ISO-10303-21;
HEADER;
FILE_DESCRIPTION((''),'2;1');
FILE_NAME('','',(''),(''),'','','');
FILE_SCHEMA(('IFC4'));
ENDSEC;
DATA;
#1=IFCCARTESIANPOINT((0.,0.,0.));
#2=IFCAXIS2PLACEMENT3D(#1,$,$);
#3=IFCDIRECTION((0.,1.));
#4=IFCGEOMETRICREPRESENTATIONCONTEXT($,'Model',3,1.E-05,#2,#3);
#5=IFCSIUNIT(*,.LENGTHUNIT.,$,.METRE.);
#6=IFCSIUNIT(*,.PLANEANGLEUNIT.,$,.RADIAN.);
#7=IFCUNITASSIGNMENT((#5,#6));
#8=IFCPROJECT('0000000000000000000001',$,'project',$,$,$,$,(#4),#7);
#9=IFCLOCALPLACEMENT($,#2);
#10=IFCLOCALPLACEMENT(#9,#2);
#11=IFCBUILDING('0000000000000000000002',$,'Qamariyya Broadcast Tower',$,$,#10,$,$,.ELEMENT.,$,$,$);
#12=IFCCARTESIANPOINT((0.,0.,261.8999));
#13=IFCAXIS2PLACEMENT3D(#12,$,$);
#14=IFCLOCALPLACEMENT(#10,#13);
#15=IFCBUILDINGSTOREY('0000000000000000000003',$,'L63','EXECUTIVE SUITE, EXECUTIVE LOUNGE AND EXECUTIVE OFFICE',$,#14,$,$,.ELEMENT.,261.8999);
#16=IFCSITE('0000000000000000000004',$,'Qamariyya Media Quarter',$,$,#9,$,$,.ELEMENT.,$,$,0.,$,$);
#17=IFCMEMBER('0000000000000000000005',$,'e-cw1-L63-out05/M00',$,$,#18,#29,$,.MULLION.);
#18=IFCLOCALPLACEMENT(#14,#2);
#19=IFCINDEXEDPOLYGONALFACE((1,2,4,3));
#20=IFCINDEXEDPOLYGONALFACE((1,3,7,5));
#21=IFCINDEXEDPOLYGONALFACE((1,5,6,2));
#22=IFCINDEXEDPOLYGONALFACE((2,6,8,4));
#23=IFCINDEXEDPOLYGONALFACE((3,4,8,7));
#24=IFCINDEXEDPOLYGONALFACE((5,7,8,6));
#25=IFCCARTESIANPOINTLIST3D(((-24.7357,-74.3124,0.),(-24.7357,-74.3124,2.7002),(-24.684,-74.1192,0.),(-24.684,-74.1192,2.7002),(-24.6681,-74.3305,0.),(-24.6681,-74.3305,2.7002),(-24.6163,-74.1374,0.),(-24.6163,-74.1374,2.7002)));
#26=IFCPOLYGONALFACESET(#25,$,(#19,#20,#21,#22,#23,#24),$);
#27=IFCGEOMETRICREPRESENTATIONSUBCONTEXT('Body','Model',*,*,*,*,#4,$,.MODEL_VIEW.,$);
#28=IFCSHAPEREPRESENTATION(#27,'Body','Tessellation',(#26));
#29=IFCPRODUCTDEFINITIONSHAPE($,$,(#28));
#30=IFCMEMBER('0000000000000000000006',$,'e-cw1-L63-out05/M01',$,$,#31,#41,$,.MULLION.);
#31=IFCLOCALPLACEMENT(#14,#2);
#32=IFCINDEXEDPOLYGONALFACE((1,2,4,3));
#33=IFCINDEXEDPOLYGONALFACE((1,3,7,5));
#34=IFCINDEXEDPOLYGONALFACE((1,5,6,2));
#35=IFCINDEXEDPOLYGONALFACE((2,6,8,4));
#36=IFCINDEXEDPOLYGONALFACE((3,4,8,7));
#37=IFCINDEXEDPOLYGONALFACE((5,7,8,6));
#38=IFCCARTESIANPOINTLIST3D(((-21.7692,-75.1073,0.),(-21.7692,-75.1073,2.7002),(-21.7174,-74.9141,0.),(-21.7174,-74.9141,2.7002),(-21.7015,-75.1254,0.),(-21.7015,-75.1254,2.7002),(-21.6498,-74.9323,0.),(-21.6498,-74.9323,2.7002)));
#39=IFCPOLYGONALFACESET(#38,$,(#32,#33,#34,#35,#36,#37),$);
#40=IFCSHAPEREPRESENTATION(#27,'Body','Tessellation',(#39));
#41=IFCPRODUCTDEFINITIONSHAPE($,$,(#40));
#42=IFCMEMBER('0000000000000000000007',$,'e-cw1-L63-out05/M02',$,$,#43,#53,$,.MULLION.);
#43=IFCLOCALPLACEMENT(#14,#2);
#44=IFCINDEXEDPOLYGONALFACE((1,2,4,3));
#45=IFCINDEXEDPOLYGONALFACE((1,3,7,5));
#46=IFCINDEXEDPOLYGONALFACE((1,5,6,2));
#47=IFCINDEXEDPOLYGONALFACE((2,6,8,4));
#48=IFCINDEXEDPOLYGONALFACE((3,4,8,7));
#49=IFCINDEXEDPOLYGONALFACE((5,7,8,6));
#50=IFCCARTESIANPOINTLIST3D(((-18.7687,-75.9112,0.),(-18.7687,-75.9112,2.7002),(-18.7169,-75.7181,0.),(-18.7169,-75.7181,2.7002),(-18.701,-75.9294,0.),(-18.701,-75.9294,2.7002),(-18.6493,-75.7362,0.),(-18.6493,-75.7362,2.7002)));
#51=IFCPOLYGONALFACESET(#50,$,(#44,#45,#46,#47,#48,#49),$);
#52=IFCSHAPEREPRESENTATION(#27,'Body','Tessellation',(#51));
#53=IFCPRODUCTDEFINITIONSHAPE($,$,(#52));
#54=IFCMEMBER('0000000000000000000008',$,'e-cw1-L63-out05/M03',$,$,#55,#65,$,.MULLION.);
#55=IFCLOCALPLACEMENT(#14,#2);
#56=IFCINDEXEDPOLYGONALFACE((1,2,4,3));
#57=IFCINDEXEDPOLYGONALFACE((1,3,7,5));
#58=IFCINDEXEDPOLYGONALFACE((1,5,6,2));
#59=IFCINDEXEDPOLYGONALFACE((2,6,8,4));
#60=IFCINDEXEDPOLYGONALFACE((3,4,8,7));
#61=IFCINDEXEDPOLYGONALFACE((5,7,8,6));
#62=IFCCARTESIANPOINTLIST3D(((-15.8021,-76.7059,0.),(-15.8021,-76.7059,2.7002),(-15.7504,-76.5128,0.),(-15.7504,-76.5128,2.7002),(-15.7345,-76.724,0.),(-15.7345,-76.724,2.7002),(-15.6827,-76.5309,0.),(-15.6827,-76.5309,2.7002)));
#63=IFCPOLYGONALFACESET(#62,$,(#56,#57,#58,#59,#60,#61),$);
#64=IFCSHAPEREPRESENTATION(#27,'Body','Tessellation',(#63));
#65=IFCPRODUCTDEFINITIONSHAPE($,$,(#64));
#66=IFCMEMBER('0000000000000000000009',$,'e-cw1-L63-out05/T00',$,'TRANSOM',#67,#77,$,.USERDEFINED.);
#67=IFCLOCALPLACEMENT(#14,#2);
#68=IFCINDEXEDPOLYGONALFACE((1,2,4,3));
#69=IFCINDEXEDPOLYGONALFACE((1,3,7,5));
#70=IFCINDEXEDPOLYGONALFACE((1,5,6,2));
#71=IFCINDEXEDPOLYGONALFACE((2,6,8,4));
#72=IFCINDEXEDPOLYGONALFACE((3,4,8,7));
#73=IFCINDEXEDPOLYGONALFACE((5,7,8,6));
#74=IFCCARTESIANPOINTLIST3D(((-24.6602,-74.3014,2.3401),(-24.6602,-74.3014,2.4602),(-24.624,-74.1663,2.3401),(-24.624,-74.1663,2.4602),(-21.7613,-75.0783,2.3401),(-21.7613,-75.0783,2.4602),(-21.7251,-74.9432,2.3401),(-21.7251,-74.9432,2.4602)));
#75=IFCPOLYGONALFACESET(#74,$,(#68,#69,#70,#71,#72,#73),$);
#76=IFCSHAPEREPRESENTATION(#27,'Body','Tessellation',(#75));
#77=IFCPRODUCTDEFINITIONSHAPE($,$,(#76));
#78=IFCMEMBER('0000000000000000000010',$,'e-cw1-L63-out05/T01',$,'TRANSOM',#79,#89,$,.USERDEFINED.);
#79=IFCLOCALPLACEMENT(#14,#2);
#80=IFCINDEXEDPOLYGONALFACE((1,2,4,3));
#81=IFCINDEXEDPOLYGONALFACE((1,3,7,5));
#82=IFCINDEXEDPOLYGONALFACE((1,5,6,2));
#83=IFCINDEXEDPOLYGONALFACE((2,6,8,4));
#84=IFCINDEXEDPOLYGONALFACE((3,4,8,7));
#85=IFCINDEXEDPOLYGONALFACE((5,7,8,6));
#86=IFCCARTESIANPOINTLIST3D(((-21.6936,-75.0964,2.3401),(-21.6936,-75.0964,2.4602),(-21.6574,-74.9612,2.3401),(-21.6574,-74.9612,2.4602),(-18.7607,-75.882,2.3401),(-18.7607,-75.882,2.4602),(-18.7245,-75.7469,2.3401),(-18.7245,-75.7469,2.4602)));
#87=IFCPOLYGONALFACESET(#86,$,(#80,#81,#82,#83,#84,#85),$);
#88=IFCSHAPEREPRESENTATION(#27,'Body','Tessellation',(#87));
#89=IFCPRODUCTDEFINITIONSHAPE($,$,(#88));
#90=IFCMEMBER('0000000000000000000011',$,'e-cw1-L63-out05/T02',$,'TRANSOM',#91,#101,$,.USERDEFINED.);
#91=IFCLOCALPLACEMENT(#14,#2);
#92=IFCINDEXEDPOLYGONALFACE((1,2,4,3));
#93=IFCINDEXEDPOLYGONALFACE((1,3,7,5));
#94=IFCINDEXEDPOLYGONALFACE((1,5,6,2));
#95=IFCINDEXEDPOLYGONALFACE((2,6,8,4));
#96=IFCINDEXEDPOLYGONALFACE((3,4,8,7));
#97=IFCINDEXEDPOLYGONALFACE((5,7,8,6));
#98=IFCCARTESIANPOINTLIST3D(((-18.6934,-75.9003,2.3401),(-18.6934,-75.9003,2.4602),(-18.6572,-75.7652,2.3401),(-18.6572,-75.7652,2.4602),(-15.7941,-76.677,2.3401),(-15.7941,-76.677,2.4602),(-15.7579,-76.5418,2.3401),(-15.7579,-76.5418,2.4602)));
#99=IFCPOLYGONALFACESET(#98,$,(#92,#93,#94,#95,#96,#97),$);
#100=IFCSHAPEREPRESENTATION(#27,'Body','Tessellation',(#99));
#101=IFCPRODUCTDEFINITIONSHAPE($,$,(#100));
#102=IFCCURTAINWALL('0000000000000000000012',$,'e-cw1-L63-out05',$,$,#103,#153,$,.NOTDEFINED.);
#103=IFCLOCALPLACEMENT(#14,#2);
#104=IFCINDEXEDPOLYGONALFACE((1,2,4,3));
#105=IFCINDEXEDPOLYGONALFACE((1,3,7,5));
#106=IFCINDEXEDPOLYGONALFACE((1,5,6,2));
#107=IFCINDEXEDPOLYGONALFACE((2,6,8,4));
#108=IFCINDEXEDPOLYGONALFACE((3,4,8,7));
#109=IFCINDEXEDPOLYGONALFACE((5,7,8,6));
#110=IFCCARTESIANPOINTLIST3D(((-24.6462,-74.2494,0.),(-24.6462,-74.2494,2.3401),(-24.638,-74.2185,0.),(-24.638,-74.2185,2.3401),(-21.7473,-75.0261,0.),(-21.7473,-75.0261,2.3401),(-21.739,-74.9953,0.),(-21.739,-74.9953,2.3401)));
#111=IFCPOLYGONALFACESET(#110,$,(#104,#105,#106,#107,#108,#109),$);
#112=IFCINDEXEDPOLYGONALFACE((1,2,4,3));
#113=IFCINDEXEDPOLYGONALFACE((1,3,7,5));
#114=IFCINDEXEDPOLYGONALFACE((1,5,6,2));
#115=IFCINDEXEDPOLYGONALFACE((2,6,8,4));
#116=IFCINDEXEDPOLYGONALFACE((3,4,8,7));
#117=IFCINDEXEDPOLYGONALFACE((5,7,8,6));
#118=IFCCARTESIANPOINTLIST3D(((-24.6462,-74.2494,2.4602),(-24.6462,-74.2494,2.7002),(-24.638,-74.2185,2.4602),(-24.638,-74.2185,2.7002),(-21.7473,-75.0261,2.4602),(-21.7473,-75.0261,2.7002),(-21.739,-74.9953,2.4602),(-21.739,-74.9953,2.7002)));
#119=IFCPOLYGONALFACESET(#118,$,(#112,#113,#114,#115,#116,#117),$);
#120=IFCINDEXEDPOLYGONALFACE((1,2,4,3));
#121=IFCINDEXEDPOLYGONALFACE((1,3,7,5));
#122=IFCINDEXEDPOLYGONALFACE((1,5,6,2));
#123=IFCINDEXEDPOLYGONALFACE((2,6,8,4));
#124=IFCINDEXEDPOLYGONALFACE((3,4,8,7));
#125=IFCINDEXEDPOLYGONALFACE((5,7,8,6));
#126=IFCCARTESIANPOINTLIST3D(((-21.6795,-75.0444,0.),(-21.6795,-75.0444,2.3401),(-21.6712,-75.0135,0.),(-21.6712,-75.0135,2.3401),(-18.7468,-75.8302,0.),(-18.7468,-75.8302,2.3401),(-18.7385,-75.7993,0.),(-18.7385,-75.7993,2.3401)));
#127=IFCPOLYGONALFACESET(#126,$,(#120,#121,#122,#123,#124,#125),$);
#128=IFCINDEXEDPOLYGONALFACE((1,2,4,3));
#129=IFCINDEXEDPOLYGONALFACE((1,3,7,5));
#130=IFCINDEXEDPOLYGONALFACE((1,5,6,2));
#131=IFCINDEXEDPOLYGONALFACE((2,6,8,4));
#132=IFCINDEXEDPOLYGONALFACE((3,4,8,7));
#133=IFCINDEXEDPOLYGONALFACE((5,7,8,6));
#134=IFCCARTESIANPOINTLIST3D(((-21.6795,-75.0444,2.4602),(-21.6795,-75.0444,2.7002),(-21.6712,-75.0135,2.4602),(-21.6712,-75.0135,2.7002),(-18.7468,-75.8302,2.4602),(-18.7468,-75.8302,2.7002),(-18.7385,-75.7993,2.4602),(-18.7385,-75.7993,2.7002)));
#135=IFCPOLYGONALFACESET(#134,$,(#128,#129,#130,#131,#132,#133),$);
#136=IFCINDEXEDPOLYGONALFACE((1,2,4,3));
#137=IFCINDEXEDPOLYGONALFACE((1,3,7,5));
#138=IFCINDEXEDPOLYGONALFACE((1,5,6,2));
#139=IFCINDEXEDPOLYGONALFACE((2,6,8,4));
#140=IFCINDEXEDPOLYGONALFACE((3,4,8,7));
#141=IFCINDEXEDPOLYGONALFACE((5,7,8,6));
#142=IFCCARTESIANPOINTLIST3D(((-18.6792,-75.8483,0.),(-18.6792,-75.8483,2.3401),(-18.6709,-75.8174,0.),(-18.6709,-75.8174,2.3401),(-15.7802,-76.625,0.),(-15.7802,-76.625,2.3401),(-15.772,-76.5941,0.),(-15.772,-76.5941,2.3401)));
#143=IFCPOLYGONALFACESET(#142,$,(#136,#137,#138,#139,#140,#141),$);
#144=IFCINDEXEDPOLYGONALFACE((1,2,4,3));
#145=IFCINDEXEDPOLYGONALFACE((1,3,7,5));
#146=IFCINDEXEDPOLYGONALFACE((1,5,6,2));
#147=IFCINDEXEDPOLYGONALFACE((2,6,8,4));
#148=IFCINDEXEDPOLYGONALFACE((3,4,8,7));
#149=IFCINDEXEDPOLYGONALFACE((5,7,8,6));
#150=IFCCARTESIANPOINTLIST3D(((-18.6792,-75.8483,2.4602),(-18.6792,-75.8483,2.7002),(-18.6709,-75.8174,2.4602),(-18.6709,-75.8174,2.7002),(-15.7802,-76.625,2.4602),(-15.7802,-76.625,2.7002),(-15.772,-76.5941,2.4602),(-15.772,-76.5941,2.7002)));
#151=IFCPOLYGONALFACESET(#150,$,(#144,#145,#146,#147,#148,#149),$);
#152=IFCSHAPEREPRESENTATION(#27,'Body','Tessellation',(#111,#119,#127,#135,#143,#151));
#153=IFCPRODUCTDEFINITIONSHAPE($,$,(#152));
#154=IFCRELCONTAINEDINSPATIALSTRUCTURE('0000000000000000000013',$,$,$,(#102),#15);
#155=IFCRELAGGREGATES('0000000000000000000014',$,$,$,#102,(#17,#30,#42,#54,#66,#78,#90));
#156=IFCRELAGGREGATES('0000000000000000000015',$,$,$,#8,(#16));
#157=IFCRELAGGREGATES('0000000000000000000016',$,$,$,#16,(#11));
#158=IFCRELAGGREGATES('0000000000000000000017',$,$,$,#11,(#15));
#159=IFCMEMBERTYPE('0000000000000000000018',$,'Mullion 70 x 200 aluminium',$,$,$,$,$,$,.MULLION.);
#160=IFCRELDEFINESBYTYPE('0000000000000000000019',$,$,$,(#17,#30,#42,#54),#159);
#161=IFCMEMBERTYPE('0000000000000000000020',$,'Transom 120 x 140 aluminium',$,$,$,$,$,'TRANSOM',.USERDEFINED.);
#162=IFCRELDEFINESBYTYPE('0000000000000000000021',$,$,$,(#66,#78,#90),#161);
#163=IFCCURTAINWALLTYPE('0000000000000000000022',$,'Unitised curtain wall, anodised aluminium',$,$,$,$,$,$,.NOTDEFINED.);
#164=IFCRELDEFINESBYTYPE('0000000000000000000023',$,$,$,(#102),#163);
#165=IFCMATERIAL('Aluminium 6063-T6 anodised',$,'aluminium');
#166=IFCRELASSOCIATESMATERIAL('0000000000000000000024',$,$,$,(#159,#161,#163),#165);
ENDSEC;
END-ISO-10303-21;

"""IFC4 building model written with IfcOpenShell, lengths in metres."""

from ifc_helpers import new_model, si_unit, direction, frame, origin, origin_2d, place, context, subcontext, project, spatial, rectangle, extrude, material, material_profile, profile_set, type_object, element, aggregate, save


model = new_model("IFC4")

# Units and contexts
model_context = context("Model", 3, precision=1e-05, world=origin(), true_north=direction((0.0, 1.0)))
body_context = subcontext(model_context, "Body", "Model", "MODEL_VIEW")
ifc_project = project(units=[si_unit("LENGTHUNIT", "METRE"), si_unit("PLANEANGLEUNIT", "RADIAN")], contexts=[model_context])

# Members
ifc_material_1 = material(Name="Aluminium 6063-T6 anodised", Category="aluminium")
ifc_material_profile_1 = material_profile(ifc_material_1, rectangle(XDim=0.2, YDim=0.0701, at=origin_2d()))
ifc_profile_set_1 = profile_set([ifc_material_profile_1], Name="Aluminium 6063-T6 anodised")
member_type_1 = type_object("IfcMemberType", Name="Mullion 70 x 200 aluminium", PredefinedType="MULLION", material=ifc_profile_set_1)
site_placement = place(None, origin())
building_placement = place(site_placement, origin())
storey_placement = place(building_placement, frame((0.0, 0.0, 261.8999)))
member_1_placement = place(storey_placement, frame((-24.676, -74.2249, 0.0), z_axis=(0.0, 0.0, 1.0), x_axis=(0.258819, 0.965926, 0.0)))
member_1 = element("IfcMember", 1, at=member_1_placement, type_object=member_type_1, Name="e-cw1-L63-out05/M00", PredefinedType="MULLION", context=body_context, shape_type="SweptSolid", body=[
    extrude(rectangle(XDim=0.2, YDim=0.0701, at=origin_2d()), origin(), (0.0, 0.0, 1.0), 2.7002),
])
member_2_placement = place(storey_placement, frame((-21.7095, -75.0198, 0.0), z_axis=(0.0, 0.0, 1.0), x_axis=(0.258819, 0.965926, 0.0)))
member_2 = element("IfcMember", 2, at=member_2_placement, type_object=member_type_1, Name="e-cw1-L63-out05/M01", PredefinedType="MULLION", context=body_context, shape_type="SweptSolid", body=[
    extrude(rectangle(XDim=0.2, YDim=0.0701, at=origin_2d()), origin(), (0.0, 0.0, 1.0), 2.7002),
])
member_3_placement = place(storey_placement, frame((-18.709, -75.8237, 0.0), z_axis=(0.0, 0.0, 1.0), x_axis=(0.258819, 0.965926, 0.0)))
member_3 = element("IfcMember", 3, at=member_3_placement, type_object=member_type_1, Name="e-cw1-L63-out05/M02", PredefinedType="MULLION", context=body_context, shape_type="SweptSolid", body=[
    extrude(rectangle(XDim=0.2, YDim=0.0701, at=origin_2d()), origin(), (0.0, 0.0, 1.0), 2.7002),
])
member_4_placement = place(storey_placement, frame((-15.7424, -76.6184, 0.0), z_axis=(0.0, 0.0, 1.0), x_axis=(0.258819, 0.965926, 0.0)))
member_4 = element("IfcMember", 4, at=member_4_placement, type_object=member_type_1, Name="e-cw1-L63-out05/M03", PredefinedType="MULLION", context=body_context, shape_type="SweptSolid", body=[
    extrude(rectangle(XDim=0.2, YDim=0.0701, at=origin_2d()), origin(), (0.0, 0.0, 1.0), 2.7002),
])
ifc_material_profile_2 = material_profile(ifc_material_1, rectangle(XDim=0.1399, YDim=0.1201, at=origin_2d()))
ifc_profile_set_2 = profile_set([ifc_material_profile_2], Name="Aluminium 6063-T6 anodised")
member_type_2 = type_object("IfcMemberType", Name="Transom 120 x 140 aluminium", ElementType="TRANSOM", PredefinedType="USERDEFINED", material=ifc_profile_set_2)
member_5_placement = place(storey_placement, frame((-24.6421, -74.2339, 2.4001), z_axis=(0.965918, -0.258847, 0.0), x_axis=(0.258847, 0.965918, 0.0)))
member_5 = element("IfcMember", 5, at=member_5_placement, type_object=member_type_2, Name="e-cw1-L63-out05/T00", ObjectType="TRANSOM", PredefinedType="USERDEFINED", context=body_context, shape_type="SweptSolid", body=[
    extrude(rectangle(XDim=0.1399, YDim=0.1201, at=origin_2d()), origin(), (0.0, 0.0, 1.0), 3.0012),
])
member_6_placement = place(storey_placement, frame((-21.6755, -75.0288, 2.4001), z_axis=(0.965943, -0.258754, 0.0), x_axis=(0.258754, 0.965943, 0.0)))
member_6 = element("IfcMember", 6, at=member_6_placement, type_object=member_type_2, Name="e-cw1-L63-out05/T01", ObjectType="TRANSOM", PredefinedType="USERDEFINED", context=body_context, shape_type="SweptSolid", body=[
    extrude(rectangle(XDim=0.1399, YDim=0.1201, at=origin_2d()), origin(), (0.0, 0.0, 1.0), 3.0364),
])
member_7_placement = place(storey_placement, frame((-18.6753, -75.8328, 2.4001), z_axis=(0.965944, -0.258751, 0.0), x_axis=(0.258751, 0.965944, 0.0)))
member_7 = element("IfcMember", 7, at=member_7_placement, type_object=member_type_2, Name="e-cw1-L63-out05/T02", ObjectType="TRANSOM", PredefinedType="USERDEFINED", context=body_context, shape_type="SweptSolid", body=[
    extrude(rectangle(XDim=0.1399, YDim=0.1201, at=origin_2d()), origin(), (0.0, 0.0, 1.0), 3.0015),
])

# Site, building, storey
site = spatial("IfcSite", under=ifc_project, at=site_placement, Name="Qamariyya Media Quarter", CompositionType="ELEMENT", RefElevation=0.0)
building = spatial("IfcBuilding", under=site, at=building_placement, Name="Qamariyya Broadcast Tower", CompositionType="ELEMENT")
storey = spatial("IfcBuildingStorey", under=building, at=storey_placement, Name="L63", Description="EXECUTIVE SUITE, EXECUTIVE LOUNGE AND EXECUTIVE OFFICE", CompositionType="ELEMENT", Elevation=261.8999)

# Curtain wall
curtain_wall_type = type_object("IfcCurtainWallType", Name="Unitised curtain wall, anodised aluminium", PredefinedType="NOTDEFINED", material=ifc_material_1)
curtain_wall_1_placement = place(storey_placement, origin())
curtain_wall_1 = element("IfcCurtainWall", 8, at=curtain_wall_1_placement, inside=storey, type_object=curtain_wall_type, Name="e-cw1-L63-out05", PredefinedType="NOTDEFINED", context=body_context, shape_type="SweptSolid", body=[
    extrude(rectangle(XDim=3.0012, YDim=0.032, at=origin_2d()), frame((-23.1926, -74.6223, 0.0), x_axis=(0.965926, -0.258819, 0.0)), (0.0, 0.0, 1.0), 2.3401),
    extrude(rectangle(XDim=3.0012, YDim=0.032, at=origin_2d()), frame((-23.1926, -74.6223, 2.4602), x_axis=(0.965926, -0.258819, 0.0)), (0.0, 0.0, 1.0), 0.24),
    extrude(rectangle(XDim=3.0361, YDim=0.032, at=origin_2d()), frame((-20.209, -75.4219, 0.0), x_axis=(0.965926, -0.258819, 0.0)), (0.0, 0.0, 1.0), 2.3401),
    extrude(rectangle(XDim=3.0361, YDim=0.032, at=origin_2d()), frame((-20.209, -75.4219, 2.4602), x_axis=(0.965926, -0.258819, 0.0)), (0.0, 0.0, 1.0), 0.24),
    extrude(rectangle(XDim=3.0012, YDim=0.032, at=origin_2d()), frame((-17.2256, -76.2212, 0.0), x_axis=(0.965926, -0.258819, 0.0)), (0.0, 0.0, 1.0), 2.3401),
    extrude(rectangle(XDim=3.0012, YDim=0.032, at=origin_2d()), frame((-17.2256, -76.2212, 2.4602), x_axis=(0.965926, -0.258819, 0.0)), (0.0, 0.0, 1.0), 0.24),
])
aggregate(curtain_wall_1, [member_1, member_2, member_3, member_4, member_5, member_6, member_7])

save(model, "model.ifc")
